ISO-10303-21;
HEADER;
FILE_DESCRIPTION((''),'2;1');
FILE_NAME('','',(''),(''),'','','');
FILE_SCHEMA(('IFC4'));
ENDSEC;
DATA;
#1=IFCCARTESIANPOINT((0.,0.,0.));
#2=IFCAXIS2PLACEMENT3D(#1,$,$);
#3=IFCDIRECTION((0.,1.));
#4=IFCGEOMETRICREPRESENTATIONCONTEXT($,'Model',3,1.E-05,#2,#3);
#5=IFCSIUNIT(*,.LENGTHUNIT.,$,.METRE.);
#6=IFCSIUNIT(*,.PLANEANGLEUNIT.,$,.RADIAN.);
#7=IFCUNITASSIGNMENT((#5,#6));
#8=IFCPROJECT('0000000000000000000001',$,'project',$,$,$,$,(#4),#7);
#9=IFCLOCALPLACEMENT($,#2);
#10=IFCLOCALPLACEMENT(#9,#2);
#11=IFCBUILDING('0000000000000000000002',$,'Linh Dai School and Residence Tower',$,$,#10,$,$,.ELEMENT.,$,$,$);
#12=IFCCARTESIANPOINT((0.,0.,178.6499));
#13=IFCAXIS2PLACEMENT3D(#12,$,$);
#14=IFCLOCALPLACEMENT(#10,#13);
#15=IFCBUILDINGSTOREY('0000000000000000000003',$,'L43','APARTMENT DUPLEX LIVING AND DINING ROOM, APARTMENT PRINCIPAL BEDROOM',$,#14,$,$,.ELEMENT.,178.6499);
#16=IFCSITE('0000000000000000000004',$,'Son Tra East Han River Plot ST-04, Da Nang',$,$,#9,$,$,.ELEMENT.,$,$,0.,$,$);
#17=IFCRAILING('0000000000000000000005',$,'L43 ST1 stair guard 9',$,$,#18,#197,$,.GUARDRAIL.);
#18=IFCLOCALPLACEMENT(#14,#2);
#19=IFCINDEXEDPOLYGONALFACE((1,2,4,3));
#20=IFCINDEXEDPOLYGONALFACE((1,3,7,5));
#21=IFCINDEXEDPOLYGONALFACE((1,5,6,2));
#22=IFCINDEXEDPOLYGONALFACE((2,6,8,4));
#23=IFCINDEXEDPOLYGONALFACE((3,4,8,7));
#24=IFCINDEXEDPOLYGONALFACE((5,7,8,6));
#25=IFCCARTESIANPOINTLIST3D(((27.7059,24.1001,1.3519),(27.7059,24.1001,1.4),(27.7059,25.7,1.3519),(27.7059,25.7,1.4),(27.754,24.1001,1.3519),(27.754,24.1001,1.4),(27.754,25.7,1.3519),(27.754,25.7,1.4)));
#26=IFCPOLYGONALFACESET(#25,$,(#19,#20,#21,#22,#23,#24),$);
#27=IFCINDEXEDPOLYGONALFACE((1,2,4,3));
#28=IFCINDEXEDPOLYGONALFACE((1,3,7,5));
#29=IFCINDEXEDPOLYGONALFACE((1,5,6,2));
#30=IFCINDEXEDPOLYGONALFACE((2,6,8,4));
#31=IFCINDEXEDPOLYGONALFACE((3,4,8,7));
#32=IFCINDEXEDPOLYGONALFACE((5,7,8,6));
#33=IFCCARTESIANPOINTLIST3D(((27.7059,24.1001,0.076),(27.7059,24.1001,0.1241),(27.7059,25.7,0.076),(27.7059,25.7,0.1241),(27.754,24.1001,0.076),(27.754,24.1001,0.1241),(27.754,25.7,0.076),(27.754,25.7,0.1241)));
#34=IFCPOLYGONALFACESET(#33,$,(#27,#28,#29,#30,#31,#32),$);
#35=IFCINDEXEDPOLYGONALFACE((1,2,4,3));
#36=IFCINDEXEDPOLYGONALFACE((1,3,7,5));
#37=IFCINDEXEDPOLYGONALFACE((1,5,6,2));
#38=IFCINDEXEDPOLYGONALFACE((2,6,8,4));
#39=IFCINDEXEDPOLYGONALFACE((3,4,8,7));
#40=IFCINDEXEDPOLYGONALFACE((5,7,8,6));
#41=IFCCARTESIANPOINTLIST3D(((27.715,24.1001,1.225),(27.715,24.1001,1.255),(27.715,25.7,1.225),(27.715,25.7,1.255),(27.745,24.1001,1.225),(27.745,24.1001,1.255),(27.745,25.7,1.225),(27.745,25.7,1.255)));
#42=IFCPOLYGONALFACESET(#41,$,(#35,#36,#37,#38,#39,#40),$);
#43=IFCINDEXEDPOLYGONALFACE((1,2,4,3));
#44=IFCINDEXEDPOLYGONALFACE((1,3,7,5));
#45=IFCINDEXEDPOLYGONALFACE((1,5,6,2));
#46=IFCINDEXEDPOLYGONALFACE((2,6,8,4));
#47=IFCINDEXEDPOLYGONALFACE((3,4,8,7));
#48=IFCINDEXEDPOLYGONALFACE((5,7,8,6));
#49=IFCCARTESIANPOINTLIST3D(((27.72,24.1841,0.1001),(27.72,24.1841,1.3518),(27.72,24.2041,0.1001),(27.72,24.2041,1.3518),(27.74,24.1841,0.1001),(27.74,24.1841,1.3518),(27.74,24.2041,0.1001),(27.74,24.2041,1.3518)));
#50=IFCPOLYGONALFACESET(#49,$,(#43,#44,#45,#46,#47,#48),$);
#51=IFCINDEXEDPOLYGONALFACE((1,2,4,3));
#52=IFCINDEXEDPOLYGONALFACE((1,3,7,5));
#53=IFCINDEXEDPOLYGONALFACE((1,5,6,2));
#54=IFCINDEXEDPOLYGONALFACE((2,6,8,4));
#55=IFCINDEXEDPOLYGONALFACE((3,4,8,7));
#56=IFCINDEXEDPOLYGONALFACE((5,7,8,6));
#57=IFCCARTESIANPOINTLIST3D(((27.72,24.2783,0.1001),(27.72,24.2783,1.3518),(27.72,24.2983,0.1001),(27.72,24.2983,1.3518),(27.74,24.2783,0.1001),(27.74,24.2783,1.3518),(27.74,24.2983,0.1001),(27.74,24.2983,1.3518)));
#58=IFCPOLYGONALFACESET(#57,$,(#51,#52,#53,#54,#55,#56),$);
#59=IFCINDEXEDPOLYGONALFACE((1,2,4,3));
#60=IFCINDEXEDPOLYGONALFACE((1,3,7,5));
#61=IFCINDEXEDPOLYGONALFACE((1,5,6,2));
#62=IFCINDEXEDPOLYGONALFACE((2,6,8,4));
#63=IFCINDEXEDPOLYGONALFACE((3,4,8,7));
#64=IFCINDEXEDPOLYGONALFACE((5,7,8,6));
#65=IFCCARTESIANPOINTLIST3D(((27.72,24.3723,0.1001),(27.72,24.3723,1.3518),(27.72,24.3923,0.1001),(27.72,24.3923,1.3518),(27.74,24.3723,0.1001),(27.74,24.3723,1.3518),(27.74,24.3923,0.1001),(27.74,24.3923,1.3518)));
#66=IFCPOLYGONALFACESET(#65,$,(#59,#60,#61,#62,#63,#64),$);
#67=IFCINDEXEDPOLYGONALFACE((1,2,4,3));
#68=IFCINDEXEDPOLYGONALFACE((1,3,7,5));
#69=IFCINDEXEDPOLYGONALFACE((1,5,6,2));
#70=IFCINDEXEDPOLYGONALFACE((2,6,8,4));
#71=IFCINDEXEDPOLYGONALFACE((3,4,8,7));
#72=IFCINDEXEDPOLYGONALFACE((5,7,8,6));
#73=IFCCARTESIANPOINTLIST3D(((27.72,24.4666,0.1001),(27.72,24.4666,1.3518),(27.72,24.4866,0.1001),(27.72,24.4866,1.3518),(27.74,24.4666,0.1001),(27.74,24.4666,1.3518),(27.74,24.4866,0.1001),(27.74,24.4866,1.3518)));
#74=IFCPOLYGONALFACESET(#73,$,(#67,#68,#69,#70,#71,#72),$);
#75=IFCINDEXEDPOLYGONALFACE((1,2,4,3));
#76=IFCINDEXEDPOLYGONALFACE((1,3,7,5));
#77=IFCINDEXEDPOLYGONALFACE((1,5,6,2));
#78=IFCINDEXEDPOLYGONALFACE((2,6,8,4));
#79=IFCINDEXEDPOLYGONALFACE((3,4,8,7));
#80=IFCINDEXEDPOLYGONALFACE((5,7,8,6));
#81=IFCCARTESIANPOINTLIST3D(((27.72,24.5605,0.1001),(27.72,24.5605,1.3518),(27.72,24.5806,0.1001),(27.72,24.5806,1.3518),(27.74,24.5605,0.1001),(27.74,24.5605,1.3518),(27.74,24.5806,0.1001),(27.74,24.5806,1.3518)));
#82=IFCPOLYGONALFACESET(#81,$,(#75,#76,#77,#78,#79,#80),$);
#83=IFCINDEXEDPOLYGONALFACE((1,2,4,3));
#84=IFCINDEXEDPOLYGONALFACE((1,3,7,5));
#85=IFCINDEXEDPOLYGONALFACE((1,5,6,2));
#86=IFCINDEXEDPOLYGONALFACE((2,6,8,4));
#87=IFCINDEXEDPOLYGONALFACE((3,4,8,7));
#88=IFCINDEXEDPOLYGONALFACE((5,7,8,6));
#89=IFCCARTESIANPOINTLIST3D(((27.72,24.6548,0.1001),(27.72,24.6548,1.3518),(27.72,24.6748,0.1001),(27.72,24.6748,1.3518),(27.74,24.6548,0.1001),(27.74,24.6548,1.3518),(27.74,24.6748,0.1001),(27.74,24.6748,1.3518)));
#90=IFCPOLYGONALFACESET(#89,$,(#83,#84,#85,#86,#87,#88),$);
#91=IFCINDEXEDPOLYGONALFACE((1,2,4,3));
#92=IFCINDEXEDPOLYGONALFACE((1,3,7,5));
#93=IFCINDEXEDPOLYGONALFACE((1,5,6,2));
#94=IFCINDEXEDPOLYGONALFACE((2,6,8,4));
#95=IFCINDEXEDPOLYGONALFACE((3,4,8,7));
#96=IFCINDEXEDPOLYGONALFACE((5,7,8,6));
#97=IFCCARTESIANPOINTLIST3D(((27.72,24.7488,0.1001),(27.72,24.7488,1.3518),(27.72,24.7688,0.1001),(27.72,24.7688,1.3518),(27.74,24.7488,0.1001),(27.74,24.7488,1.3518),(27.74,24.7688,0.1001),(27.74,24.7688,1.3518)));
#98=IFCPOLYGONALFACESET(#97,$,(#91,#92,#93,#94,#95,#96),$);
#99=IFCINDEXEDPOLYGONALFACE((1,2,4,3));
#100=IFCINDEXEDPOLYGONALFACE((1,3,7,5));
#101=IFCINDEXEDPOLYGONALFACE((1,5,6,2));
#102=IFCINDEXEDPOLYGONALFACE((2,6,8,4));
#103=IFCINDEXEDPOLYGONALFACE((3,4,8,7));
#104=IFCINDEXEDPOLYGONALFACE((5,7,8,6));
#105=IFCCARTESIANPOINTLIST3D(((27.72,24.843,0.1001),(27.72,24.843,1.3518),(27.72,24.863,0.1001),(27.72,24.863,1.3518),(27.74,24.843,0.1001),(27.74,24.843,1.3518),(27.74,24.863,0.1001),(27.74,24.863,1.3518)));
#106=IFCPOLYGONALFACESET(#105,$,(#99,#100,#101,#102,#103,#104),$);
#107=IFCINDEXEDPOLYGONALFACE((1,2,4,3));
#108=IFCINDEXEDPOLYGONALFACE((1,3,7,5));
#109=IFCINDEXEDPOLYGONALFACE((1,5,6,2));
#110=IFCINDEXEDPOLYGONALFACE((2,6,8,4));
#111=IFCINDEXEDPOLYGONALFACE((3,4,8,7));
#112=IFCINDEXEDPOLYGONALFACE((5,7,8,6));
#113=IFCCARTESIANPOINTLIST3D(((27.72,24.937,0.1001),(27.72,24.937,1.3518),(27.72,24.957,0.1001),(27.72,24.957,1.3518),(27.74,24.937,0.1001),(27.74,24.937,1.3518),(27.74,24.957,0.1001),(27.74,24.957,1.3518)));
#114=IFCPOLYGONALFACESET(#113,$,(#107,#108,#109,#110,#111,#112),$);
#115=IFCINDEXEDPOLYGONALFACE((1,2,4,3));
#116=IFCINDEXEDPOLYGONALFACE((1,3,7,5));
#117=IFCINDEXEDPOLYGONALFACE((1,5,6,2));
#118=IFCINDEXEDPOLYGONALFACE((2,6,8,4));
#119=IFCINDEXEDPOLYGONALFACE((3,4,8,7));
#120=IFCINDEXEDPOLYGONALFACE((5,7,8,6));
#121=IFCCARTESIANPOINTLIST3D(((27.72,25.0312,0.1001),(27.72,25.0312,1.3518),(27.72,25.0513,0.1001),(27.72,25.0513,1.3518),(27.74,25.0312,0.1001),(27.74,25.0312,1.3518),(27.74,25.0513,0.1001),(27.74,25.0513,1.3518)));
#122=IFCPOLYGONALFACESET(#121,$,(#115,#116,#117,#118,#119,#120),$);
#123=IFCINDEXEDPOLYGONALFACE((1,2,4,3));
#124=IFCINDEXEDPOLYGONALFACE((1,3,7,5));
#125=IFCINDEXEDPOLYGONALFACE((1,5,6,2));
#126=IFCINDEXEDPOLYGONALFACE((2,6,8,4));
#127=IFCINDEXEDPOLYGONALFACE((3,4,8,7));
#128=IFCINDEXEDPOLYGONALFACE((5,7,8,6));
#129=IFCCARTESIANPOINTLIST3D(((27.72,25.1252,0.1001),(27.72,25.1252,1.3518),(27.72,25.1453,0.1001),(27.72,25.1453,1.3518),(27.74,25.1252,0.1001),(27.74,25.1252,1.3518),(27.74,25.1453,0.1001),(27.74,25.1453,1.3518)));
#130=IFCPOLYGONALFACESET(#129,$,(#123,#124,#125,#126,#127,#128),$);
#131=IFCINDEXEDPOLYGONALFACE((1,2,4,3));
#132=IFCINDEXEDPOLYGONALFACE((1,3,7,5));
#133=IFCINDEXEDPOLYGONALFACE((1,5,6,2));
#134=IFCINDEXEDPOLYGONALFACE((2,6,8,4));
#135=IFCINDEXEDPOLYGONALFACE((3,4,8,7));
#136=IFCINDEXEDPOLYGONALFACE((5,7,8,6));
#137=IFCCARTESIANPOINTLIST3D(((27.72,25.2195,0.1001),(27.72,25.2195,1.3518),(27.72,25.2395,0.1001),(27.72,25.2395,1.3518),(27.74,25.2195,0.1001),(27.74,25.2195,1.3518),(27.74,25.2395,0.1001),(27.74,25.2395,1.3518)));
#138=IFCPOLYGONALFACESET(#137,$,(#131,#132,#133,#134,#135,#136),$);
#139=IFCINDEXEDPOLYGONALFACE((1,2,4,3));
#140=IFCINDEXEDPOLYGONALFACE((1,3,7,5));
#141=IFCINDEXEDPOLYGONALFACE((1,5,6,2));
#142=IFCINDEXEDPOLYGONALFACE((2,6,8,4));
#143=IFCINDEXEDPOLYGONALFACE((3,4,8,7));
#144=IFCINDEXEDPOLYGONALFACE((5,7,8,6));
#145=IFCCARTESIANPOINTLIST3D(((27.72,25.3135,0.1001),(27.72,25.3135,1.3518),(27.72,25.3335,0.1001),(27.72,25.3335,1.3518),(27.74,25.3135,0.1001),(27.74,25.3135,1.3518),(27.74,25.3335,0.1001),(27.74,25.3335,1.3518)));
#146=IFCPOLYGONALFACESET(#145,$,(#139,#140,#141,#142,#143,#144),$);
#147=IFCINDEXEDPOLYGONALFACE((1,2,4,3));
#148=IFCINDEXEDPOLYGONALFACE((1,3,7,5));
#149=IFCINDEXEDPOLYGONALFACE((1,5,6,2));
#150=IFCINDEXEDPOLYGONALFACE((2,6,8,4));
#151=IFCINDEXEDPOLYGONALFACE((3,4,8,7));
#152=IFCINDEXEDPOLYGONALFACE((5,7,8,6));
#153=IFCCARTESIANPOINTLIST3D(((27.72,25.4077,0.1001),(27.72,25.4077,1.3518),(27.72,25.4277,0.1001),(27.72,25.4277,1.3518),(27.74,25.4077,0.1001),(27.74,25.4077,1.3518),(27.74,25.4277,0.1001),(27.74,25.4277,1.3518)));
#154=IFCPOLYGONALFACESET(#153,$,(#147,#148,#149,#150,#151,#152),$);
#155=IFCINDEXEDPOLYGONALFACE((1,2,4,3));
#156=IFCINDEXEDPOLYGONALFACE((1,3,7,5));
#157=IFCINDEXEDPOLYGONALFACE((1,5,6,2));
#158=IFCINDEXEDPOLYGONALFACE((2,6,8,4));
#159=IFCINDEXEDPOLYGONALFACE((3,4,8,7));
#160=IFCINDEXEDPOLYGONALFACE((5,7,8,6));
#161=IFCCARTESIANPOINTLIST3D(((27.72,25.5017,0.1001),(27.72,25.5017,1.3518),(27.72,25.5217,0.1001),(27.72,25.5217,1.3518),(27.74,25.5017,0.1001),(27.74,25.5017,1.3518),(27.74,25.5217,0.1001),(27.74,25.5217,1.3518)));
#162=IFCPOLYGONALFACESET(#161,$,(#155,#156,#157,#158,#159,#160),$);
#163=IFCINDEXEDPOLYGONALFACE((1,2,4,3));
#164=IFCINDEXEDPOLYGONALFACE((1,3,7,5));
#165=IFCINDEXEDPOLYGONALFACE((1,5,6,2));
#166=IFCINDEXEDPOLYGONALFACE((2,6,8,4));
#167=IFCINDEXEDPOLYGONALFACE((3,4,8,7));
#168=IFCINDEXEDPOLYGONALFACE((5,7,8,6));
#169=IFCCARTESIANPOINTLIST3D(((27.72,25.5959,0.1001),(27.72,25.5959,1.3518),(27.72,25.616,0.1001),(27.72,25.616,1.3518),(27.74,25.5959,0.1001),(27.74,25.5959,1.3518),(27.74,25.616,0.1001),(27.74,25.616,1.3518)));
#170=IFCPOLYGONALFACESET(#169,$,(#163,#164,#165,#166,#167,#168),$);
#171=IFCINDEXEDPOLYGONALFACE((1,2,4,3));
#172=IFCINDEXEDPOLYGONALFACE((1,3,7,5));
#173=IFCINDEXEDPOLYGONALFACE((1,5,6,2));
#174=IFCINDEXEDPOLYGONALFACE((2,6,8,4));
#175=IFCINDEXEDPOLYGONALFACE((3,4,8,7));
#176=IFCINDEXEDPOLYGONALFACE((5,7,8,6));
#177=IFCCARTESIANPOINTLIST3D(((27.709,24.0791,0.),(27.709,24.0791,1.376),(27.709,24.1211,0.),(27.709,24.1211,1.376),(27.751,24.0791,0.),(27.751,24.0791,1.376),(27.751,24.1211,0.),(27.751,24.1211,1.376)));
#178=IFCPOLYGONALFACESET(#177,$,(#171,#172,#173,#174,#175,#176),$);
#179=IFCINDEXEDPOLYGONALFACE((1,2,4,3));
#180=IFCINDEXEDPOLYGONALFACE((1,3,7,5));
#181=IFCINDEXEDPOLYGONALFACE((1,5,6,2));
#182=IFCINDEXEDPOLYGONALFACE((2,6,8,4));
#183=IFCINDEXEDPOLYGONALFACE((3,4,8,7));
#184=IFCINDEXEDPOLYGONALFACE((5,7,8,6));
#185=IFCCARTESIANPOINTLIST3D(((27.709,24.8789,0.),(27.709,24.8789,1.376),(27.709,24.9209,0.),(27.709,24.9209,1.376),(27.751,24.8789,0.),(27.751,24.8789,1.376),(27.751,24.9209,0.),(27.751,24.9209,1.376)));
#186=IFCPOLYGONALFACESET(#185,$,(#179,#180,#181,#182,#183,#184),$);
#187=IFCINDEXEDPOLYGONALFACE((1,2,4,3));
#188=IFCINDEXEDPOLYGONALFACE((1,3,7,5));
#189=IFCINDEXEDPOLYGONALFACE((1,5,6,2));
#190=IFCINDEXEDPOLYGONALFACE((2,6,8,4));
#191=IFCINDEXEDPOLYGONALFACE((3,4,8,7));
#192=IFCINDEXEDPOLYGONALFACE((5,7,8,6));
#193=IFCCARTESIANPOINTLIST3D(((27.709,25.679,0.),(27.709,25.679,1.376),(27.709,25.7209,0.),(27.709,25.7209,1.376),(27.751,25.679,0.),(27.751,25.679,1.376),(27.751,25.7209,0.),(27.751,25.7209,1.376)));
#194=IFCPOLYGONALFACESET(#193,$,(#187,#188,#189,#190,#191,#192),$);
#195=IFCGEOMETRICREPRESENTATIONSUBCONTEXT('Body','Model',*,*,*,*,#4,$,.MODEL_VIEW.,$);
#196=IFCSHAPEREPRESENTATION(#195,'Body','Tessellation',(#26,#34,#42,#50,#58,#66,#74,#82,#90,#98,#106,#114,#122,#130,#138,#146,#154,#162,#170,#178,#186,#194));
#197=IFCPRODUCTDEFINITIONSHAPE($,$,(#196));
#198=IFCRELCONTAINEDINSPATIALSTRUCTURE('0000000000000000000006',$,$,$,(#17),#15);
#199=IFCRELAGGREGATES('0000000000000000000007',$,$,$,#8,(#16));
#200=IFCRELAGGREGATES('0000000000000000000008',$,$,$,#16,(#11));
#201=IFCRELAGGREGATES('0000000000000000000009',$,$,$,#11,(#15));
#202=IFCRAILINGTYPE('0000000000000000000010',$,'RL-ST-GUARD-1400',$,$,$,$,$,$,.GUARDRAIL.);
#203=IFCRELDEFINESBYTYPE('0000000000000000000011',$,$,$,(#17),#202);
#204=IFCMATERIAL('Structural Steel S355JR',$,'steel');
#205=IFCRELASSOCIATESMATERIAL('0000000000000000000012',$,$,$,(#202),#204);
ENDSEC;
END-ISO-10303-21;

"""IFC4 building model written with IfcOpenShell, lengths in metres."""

from ifc_helpers import new_model, si_unit, direction, frame, origin, origin_2d, place, context, subcontext, project, spatial, rectangle, extrude, source, transform, mapped, material, type_object, element, save


model = new_model("IFC4")

# Units and contexts
model_context = context("Model", 3, precision=1e-05, world=origin(), true_north=direction((0.0, 1.0)))
body_context = subcontext(model_context, "Body", "Model", "MODEL_VIEW")
ifc_project = project(units=[si_unit("LENGTHUNIT", "METRE"), si_unit("PLANEANGLEUNIT", "RADIAN")], contexts=[model_context])

# Site, building, storey
site_placement = place(None, origin())
site = spatial("IfcSite", under=ifc_project, at=site_placement, Name="Son Tra East Han River Plot ST-04, Da Nang", CompositionType="ELEMENT", RefElevation=0.0)
building_placement = place(site_placement, origin())
building = spatial("IfcBuilding", under=site, at=building_placement, Name="Linh Dai School and Residence Tower", CompositionType="ELEMENT")
storey_placement = place(building_placement, frame((0.0, 0.0, 178.6499)))
storey = spatial("IfcBuildingStorey", under=building, at=storey_placement, Name="L43", Description="APARTMENT DUPLEX LIVING AND DINING ROOM, APARTMENT PRINCIPAL BEDROOM", CompositionType="ELEMENT", Elevation=178.6499)

# Shared definitions
ifc_material_1 = material(Name="Structural Steel S355JR", Category="steel")

# Railing
railing_type = type_object("IfcRailingType", Name="RL-ST-GUARD-1400", PredefinedType="GUARDRAIL", material=ifc_material_1)
shared_shape_1 = source(origin(), body_context, "Body", "SweptSolid", [
    extrude(rectangle(XDim=0.0481, YDim=0.0481, at=origin_2d()), frame((0.0, 0.0, 1.376), z_axis=(0.0, 1.0, 0.0), x_axis=(-1.0, 0.0, 0.0)), (0.0, 0.0, 1.0), 1.5999),
    extrude(rectangle(XDim=0.0481, YDim=0.0481, at=origin_2d()), frame((0.0, 0.0, 0.1001), z_axis=(0.0, 1.0, 0.0), x_axis=(-1.0, 0.0, 0.0)), (0.0, 0.0, 1.0), 1.5999),
    extrude(rectangle(XDim=0.03, YDim=0.03, at=origin_2d()), frame((0.0, 0.0, 1.24), z_axis=(0.0, 1.0, 0.0), x_axis=(-1.0, 0.0, 0.0)), (0.0, 0.0, 1.0), 1.5999),
    extrude(rectangle(XDim=0.02, YDim=0.02, at=origin_2d()), frame((0.0, 0.094, 0.1001)), (0.0, 0.0, 1.0), 1.2517),
    extrude(rectangle(XDim=0.02, YDim=0.02, at=origin_2d()), frame((0.0, 0.1882, 0.1001)), (0.0, 0.0, 1.0), 1.2517),
    extrude(rectangle(XDim=0.02, YDim=0.02, at=origin_2d()), frame((0.0, 0.2822, 0.1001)), (0.0, 0.0, 1.0), 1.2517),
    extrude(rectangle(XDim=0.02, YDim=0.02, at=origin_2d()), frame((0.0, 0.3765, 0.1001)), (0.0, 0.0, 1.0), 1.2517),
    extrude(rectangle(XDim=0.02, YDim=0.02, at=origin_2d()), frame((0.0, 0.4705, 0.1001)), (0.0, 0.0, 1.0), 1.2517),
    extrude(rectangle(XDim=0.02, YDim=0.02, at=origin_2d()), frame((0.0, 0.5647, 0.1001)), (0.0, 0.0, 1.0), 1.2517),
    extrude(rectangle(XDim=0.02, YDim=0.02, at=origin_2d()), frame((0.0, 0.6587, 0.1001)), (0.0, 0.0, 1.0), 1.2517),
    extrude(rectangle(XDim=0.02, YDim=0.02, at=origin_2d()), frame((0.0, 0.7529, 0.1001)), (0.0, 0.0, 1.0), 1.2517),
    extrude(rectangle(XDim=0.02, YDim=0.02, at=origin_2d()), frame((0.0, 0.8469, 0.1001)), (0.0, 0.0, 1.0), 1.2517),
    extrude(rectangle(XDim=0.02, YDim=0.02, at=origin_2d()), frame((0.0, 0.9412, 0.1001)), (0.0, 0.0, 1.0), 1.2517),
    extrude(rectangle(XDim=0.02, YDim=0.02, at=origin_2d()), frame((0.0, 1.0352, 0.1001)), (0.0, 0.0, 1.0), 1.2517),
    extrude(rectangle(XDim=0.02, YDim=0.02, at=origin_2d()), frame((0.0, 1.1294, 0.1001)), (0.0, 0.0, 1.0), 1.2517),
    extrude(rectangle(XDim=0.02, YDim=0.02, at=origin_2d()), frame((0.0, 1.2234, 0.1001)), (0.0, 0.0, 1.0), 1.2517),
    extrude(rectangle(XDim=0.02, YDim=0.02, at=origin_2d()), frame((0.0, 1.3176, 0.1001)), (0.0, 0.0, 1.0), 1.2517),
    extrude(rectangle(XDim=0.02, YDim=0.02, at=origin_2d()), frame((0.0, 1.4116, 0.1001)), (0.0, 0.0, 1.0), 1.2517),
    extrude(rectangle(XDim=0.02, YDim=0.02, at=origin_2d()), frame((0.0, 1.5059, 0.1001)), (0.0, 0.0, 1.0), 1.2517),
    extrude(rectangle(XDim=0.042, YDim=0.042, at=origin_2d()), origin(), (0.0, 0.0, 1.0), 1.376),
    extrude(rectangle(XDim=0.042, YDim=0.042, at=origin_2d()), frame((0.0, 0.7998, 0.0)), (0.0, 0.0, 1.0), 1.376),
    extrude(rectangle(XDim=0.042, YDim=0.042, at=origin_2d()), frame((0.0, 1.5999, 0.0)), (0.0, 0.0, 1.0), 1.376),
])
for number, where, name in (
    (1, (27.73, 24.1001, 0.0), "L43 ST1 stair guard 9"),
):
    element("IfcRailing", number, at=place(storey_placement, frame(where)), inside=storey, type_object=railing_type, Name=name, PredefinedType="GUARDRAIL", context=body_context, shape_type="MappedRepresentation", body=[
        mapped(shared_shape_1, transform((0.0, 0.0, 0.0), x_axis=(1.0, 0.0, 0.0), y_axis=(0.0, 1.0, 0.0), z_axis=(0.0, 0.0, 1.0), scale=1.0)),
    ])

save(model, "model.ifc")
